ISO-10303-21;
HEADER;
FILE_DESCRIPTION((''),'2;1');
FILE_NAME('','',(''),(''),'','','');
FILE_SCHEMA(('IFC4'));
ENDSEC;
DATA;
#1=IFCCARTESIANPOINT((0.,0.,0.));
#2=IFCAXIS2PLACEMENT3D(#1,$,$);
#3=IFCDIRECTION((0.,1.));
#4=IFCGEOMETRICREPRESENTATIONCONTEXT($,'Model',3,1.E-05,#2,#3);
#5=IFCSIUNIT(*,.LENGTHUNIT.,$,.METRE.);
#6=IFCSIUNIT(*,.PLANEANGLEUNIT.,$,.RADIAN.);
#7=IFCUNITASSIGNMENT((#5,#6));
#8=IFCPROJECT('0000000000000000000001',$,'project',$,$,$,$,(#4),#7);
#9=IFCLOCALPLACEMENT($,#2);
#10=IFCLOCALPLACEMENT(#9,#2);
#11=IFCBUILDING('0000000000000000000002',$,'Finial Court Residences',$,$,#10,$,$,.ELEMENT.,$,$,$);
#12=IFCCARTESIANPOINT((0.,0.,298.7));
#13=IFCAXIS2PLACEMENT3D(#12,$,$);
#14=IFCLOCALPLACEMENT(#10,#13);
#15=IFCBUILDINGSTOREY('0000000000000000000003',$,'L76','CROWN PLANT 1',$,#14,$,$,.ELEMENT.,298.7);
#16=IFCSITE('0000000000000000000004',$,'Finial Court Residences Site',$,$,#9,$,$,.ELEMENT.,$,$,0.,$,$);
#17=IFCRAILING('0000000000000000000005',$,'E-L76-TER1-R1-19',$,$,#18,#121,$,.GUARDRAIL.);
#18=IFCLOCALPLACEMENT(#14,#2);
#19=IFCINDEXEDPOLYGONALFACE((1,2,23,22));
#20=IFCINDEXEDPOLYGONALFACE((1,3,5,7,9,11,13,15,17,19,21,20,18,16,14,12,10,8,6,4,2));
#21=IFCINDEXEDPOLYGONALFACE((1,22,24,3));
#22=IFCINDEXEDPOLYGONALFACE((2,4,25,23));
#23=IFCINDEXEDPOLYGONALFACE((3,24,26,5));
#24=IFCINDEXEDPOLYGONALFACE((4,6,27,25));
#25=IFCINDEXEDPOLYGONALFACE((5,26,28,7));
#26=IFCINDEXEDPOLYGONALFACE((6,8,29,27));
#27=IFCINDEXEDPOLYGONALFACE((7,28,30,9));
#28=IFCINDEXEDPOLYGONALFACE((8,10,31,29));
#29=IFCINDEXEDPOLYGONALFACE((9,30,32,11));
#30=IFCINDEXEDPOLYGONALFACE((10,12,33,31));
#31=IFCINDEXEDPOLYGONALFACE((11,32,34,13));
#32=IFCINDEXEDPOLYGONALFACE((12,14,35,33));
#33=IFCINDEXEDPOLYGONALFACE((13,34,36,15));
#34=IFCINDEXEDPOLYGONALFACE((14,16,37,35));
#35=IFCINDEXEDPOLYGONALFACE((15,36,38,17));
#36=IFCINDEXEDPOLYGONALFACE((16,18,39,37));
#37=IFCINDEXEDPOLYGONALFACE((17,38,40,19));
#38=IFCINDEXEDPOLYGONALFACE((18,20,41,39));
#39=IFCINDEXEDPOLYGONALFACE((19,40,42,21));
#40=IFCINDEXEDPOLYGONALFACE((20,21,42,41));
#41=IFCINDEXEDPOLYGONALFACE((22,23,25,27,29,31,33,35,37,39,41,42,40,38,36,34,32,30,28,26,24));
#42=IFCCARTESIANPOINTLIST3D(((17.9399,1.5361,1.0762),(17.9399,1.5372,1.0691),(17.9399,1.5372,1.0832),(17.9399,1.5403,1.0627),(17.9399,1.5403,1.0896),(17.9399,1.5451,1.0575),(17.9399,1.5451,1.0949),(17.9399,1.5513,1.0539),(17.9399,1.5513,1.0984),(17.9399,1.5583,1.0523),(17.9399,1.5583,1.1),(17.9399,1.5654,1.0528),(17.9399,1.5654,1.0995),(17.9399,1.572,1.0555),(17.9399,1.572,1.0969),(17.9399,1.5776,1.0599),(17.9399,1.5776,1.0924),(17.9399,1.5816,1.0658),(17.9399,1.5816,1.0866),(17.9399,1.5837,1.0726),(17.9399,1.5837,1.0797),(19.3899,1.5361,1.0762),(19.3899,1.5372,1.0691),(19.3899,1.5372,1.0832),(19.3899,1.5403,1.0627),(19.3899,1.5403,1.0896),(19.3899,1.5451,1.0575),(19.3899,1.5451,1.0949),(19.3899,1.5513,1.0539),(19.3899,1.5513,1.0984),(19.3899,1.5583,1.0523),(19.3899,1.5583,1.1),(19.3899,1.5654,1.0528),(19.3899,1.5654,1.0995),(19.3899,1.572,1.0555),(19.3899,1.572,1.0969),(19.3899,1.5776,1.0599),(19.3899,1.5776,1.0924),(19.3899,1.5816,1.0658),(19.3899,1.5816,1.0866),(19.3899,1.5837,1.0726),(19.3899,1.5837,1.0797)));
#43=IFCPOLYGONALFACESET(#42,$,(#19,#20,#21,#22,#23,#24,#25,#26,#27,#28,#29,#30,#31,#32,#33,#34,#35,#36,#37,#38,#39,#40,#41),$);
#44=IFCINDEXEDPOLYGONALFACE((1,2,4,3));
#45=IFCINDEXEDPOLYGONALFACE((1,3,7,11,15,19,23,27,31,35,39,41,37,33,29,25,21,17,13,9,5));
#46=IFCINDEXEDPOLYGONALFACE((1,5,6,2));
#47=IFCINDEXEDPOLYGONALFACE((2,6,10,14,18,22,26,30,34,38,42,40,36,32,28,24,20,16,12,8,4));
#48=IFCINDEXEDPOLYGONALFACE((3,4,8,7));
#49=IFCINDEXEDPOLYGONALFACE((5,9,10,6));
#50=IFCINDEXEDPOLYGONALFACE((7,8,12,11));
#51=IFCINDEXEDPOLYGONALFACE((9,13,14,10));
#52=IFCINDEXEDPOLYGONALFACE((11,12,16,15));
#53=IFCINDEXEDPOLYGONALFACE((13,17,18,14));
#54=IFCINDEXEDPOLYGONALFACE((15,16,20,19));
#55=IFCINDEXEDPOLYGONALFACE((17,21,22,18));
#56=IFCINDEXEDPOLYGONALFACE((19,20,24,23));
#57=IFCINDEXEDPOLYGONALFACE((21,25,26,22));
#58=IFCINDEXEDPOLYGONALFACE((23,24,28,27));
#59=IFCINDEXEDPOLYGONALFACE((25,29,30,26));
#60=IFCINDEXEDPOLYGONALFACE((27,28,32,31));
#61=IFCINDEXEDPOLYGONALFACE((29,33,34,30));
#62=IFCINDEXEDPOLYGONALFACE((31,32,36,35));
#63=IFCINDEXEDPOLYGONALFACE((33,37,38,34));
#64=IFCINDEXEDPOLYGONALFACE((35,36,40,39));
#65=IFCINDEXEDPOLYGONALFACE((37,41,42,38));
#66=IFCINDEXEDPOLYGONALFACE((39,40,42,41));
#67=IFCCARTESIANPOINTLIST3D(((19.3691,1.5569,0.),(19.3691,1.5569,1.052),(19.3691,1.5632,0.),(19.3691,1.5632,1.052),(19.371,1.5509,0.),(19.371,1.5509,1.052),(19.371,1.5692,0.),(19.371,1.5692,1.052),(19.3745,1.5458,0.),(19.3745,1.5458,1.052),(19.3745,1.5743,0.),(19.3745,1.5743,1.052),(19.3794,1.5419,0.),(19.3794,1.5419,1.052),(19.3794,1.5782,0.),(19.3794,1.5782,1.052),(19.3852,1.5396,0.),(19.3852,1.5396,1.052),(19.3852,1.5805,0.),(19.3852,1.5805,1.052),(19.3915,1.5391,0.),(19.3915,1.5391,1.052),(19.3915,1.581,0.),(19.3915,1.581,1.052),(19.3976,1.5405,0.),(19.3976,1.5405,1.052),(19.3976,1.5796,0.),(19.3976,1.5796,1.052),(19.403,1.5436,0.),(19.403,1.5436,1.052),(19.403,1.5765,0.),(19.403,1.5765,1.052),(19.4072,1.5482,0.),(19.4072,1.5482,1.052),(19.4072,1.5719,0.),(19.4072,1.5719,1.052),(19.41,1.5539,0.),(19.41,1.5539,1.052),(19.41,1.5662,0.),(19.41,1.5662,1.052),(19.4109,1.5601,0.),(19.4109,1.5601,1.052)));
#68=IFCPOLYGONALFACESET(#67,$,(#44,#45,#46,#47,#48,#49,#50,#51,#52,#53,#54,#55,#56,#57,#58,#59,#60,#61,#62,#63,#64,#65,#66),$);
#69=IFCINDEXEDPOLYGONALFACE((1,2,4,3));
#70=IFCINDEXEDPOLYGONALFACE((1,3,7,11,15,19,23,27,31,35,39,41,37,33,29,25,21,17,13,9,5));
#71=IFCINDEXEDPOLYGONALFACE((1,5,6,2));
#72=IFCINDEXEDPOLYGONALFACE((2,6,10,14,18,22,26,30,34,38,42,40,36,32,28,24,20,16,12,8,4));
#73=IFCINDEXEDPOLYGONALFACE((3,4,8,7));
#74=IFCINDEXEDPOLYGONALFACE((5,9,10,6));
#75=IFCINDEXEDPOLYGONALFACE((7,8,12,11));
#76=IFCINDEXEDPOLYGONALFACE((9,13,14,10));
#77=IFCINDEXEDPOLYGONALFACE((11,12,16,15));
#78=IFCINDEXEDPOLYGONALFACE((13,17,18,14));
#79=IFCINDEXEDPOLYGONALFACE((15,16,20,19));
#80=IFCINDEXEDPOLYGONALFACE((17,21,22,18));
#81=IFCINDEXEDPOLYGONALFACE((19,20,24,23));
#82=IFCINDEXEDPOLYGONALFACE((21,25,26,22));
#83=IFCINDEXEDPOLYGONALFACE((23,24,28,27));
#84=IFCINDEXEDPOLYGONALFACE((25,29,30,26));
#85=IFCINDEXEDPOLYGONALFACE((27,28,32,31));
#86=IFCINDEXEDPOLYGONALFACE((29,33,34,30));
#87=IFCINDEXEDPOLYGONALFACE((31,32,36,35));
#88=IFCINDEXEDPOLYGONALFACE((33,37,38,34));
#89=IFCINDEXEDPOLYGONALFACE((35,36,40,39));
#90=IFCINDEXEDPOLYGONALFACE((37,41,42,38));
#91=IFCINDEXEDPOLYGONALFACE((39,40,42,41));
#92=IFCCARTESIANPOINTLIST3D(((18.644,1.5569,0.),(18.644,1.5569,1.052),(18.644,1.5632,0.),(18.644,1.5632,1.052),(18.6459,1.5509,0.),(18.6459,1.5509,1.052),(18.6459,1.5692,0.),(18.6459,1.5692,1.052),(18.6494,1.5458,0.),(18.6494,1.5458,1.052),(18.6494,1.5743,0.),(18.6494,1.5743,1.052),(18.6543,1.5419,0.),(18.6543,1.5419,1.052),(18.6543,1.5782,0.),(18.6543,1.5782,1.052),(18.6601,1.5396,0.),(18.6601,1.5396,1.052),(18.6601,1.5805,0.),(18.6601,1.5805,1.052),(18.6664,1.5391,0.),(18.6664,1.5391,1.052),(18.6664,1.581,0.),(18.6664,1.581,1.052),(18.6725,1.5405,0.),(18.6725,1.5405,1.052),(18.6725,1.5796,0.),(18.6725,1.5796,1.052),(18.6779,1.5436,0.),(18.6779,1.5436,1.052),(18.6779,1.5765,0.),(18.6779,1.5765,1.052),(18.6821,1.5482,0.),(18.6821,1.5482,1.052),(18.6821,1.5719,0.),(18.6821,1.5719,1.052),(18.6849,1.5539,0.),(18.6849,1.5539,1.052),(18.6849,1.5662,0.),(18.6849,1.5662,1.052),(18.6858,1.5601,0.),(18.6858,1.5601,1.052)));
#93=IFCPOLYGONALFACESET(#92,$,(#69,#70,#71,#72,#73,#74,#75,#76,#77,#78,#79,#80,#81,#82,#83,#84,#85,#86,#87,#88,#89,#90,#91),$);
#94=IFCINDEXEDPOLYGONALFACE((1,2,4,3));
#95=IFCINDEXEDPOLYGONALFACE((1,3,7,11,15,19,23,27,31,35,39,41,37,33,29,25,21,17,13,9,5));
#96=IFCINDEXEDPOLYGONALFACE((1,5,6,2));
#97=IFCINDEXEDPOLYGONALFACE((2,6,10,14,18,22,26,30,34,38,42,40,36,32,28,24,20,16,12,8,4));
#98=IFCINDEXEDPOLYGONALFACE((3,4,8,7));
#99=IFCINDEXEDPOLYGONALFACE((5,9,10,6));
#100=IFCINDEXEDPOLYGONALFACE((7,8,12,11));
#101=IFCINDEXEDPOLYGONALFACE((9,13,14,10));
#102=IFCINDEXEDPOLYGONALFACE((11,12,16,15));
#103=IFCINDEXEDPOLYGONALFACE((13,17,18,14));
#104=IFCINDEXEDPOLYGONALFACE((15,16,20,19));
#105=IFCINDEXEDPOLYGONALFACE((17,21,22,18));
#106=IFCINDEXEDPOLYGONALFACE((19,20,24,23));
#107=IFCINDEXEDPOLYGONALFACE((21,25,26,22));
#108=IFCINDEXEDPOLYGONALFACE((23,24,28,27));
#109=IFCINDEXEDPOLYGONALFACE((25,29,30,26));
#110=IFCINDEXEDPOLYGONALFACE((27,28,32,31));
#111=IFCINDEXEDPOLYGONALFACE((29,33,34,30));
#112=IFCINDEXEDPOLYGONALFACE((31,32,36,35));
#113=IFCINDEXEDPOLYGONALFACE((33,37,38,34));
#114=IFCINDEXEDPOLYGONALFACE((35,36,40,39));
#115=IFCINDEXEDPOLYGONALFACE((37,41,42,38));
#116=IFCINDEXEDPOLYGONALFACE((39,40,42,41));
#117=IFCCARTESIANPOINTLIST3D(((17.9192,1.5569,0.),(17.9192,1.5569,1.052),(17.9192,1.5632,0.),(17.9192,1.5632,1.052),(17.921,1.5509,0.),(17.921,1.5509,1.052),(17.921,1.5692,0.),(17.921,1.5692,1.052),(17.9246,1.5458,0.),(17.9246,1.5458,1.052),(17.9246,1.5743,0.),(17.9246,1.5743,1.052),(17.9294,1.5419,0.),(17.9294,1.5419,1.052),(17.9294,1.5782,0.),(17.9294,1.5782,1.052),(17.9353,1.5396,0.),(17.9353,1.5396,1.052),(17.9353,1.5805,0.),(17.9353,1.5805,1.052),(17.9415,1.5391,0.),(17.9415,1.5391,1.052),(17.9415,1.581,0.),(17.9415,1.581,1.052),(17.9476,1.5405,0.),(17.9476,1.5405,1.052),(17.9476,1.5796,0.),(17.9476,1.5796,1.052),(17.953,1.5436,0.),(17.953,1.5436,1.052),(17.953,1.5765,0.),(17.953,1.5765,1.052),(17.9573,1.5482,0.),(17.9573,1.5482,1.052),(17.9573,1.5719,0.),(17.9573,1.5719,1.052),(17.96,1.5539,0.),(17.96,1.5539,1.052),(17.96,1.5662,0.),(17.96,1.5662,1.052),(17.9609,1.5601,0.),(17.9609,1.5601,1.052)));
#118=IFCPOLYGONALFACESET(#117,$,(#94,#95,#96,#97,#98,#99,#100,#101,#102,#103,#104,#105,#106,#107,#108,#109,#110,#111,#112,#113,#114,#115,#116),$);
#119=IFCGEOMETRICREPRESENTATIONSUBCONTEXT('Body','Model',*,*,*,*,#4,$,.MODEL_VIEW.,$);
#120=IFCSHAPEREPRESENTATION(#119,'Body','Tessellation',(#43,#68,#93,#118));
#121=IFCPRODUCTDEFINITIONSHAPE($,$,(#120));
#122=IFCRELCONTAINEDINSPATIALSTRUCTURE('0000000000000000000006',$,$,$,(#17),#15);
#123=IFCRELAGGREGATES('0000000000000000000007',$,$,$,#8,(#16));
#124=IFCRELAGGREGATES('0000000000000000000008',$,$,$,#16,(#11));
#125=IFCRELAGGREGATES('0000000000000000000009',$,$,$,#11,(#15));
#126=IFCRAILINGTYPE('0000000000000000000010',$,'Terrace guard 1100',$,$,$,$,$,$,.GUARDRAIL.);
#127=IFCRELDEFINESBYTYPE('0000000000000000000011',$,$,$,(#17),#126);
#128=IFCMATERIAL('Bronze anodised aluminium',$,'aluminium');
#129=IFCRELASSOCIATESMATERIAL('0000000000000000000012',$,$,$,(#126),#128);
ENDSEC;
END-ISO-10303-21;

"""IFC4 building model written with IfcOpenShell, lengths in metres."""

from ifc_helpers import new_model, si_unit, direction, frame, origin, origin_2d, place, context, subcontext, project, spatial, circle, extrude, material, type_object, element, save


model = new_model("IFC4")

# Units and contexts
model_context = context("Model", 3, precision=1e-05, world=origin(), true_north=direction((0.0, 1.0)))
body_context = subcontext(model_context, "Body", "Model", "MODEL_VIEW")
ifc_project = project(units=[si_unit("LENGTHUNIT", "METRE"), si_unit("PLANEANGLEUNIT", "RADIAN")], contexts=[model_context])

# Site, building, storey
site_placement = place(None, origin())
site = spatial("IfcSite", under=ifc_project, at=site_placement, Name="Finial Court Residences Site", CompositionType="ELEMENT", RefElevation=0.0)
building_placement = place(site_placement, origin())
building = spatial("IfcBuilding", under=site, at=building_placement, Name="Finial Court Residences", CompositionType="ELEMENT")
storey_placement = place(building_placement, frame((0.0, 0.0, 298.7)))
storey = spatial("IfcBuildingStorey", under=building, at=storey_placement, Name="L76", Description="CROWN PLANT 1", CompositionType="ELEMENT", Elevation=298.7)

# Shared definitions
ifc_material_1 = material(Name="Bronze anodised aluminium", Category="aluminium")

# Railing
railing_type = type_object("IfcRailingType", Name="Terrace guard 1100", PredefinedType="GUARDRAIL", material=ifc_material_1)
railing_1_placement = place(storey_placement, frame((19.3899, 1.5601, 0.0)))
element("IfcRailing", 1, at=railing_1_placement, inside=storey, type_object=railing_type, Name="E-L76-TER1-R1-19", PredefinedType="GUARDRAIL", context=body_context, shape_type="SweptSolid", body=[
    extrude(circle(Radius=0.0239, at=origin_2d()), frame((0.0, 0.0, 1.0762), z_axis=(-1.0, 0.0, 0.0), x_axis=(0.0, -1.0, 0.0)), (0.0, 0.0, 1.0), 1.45),
    extrude(circle(Radius=0.021, at=origin_2d()), origin(), (0.0, 0.0, 1.0), 1.052),
    extrude(circle(Radius=0.021, at=origin_2d()), frame((-0.7251, 0.0, 0.0)), (0.0, 0.0, 1.0), 1.052),
    extrude(circle(Radius=0.021, at=origin_2d()), frame((-1.45, 0.0, 0.0)), (0.0, 0.0, 1.0), 1.052),
])

save(model, "model.ifc")
